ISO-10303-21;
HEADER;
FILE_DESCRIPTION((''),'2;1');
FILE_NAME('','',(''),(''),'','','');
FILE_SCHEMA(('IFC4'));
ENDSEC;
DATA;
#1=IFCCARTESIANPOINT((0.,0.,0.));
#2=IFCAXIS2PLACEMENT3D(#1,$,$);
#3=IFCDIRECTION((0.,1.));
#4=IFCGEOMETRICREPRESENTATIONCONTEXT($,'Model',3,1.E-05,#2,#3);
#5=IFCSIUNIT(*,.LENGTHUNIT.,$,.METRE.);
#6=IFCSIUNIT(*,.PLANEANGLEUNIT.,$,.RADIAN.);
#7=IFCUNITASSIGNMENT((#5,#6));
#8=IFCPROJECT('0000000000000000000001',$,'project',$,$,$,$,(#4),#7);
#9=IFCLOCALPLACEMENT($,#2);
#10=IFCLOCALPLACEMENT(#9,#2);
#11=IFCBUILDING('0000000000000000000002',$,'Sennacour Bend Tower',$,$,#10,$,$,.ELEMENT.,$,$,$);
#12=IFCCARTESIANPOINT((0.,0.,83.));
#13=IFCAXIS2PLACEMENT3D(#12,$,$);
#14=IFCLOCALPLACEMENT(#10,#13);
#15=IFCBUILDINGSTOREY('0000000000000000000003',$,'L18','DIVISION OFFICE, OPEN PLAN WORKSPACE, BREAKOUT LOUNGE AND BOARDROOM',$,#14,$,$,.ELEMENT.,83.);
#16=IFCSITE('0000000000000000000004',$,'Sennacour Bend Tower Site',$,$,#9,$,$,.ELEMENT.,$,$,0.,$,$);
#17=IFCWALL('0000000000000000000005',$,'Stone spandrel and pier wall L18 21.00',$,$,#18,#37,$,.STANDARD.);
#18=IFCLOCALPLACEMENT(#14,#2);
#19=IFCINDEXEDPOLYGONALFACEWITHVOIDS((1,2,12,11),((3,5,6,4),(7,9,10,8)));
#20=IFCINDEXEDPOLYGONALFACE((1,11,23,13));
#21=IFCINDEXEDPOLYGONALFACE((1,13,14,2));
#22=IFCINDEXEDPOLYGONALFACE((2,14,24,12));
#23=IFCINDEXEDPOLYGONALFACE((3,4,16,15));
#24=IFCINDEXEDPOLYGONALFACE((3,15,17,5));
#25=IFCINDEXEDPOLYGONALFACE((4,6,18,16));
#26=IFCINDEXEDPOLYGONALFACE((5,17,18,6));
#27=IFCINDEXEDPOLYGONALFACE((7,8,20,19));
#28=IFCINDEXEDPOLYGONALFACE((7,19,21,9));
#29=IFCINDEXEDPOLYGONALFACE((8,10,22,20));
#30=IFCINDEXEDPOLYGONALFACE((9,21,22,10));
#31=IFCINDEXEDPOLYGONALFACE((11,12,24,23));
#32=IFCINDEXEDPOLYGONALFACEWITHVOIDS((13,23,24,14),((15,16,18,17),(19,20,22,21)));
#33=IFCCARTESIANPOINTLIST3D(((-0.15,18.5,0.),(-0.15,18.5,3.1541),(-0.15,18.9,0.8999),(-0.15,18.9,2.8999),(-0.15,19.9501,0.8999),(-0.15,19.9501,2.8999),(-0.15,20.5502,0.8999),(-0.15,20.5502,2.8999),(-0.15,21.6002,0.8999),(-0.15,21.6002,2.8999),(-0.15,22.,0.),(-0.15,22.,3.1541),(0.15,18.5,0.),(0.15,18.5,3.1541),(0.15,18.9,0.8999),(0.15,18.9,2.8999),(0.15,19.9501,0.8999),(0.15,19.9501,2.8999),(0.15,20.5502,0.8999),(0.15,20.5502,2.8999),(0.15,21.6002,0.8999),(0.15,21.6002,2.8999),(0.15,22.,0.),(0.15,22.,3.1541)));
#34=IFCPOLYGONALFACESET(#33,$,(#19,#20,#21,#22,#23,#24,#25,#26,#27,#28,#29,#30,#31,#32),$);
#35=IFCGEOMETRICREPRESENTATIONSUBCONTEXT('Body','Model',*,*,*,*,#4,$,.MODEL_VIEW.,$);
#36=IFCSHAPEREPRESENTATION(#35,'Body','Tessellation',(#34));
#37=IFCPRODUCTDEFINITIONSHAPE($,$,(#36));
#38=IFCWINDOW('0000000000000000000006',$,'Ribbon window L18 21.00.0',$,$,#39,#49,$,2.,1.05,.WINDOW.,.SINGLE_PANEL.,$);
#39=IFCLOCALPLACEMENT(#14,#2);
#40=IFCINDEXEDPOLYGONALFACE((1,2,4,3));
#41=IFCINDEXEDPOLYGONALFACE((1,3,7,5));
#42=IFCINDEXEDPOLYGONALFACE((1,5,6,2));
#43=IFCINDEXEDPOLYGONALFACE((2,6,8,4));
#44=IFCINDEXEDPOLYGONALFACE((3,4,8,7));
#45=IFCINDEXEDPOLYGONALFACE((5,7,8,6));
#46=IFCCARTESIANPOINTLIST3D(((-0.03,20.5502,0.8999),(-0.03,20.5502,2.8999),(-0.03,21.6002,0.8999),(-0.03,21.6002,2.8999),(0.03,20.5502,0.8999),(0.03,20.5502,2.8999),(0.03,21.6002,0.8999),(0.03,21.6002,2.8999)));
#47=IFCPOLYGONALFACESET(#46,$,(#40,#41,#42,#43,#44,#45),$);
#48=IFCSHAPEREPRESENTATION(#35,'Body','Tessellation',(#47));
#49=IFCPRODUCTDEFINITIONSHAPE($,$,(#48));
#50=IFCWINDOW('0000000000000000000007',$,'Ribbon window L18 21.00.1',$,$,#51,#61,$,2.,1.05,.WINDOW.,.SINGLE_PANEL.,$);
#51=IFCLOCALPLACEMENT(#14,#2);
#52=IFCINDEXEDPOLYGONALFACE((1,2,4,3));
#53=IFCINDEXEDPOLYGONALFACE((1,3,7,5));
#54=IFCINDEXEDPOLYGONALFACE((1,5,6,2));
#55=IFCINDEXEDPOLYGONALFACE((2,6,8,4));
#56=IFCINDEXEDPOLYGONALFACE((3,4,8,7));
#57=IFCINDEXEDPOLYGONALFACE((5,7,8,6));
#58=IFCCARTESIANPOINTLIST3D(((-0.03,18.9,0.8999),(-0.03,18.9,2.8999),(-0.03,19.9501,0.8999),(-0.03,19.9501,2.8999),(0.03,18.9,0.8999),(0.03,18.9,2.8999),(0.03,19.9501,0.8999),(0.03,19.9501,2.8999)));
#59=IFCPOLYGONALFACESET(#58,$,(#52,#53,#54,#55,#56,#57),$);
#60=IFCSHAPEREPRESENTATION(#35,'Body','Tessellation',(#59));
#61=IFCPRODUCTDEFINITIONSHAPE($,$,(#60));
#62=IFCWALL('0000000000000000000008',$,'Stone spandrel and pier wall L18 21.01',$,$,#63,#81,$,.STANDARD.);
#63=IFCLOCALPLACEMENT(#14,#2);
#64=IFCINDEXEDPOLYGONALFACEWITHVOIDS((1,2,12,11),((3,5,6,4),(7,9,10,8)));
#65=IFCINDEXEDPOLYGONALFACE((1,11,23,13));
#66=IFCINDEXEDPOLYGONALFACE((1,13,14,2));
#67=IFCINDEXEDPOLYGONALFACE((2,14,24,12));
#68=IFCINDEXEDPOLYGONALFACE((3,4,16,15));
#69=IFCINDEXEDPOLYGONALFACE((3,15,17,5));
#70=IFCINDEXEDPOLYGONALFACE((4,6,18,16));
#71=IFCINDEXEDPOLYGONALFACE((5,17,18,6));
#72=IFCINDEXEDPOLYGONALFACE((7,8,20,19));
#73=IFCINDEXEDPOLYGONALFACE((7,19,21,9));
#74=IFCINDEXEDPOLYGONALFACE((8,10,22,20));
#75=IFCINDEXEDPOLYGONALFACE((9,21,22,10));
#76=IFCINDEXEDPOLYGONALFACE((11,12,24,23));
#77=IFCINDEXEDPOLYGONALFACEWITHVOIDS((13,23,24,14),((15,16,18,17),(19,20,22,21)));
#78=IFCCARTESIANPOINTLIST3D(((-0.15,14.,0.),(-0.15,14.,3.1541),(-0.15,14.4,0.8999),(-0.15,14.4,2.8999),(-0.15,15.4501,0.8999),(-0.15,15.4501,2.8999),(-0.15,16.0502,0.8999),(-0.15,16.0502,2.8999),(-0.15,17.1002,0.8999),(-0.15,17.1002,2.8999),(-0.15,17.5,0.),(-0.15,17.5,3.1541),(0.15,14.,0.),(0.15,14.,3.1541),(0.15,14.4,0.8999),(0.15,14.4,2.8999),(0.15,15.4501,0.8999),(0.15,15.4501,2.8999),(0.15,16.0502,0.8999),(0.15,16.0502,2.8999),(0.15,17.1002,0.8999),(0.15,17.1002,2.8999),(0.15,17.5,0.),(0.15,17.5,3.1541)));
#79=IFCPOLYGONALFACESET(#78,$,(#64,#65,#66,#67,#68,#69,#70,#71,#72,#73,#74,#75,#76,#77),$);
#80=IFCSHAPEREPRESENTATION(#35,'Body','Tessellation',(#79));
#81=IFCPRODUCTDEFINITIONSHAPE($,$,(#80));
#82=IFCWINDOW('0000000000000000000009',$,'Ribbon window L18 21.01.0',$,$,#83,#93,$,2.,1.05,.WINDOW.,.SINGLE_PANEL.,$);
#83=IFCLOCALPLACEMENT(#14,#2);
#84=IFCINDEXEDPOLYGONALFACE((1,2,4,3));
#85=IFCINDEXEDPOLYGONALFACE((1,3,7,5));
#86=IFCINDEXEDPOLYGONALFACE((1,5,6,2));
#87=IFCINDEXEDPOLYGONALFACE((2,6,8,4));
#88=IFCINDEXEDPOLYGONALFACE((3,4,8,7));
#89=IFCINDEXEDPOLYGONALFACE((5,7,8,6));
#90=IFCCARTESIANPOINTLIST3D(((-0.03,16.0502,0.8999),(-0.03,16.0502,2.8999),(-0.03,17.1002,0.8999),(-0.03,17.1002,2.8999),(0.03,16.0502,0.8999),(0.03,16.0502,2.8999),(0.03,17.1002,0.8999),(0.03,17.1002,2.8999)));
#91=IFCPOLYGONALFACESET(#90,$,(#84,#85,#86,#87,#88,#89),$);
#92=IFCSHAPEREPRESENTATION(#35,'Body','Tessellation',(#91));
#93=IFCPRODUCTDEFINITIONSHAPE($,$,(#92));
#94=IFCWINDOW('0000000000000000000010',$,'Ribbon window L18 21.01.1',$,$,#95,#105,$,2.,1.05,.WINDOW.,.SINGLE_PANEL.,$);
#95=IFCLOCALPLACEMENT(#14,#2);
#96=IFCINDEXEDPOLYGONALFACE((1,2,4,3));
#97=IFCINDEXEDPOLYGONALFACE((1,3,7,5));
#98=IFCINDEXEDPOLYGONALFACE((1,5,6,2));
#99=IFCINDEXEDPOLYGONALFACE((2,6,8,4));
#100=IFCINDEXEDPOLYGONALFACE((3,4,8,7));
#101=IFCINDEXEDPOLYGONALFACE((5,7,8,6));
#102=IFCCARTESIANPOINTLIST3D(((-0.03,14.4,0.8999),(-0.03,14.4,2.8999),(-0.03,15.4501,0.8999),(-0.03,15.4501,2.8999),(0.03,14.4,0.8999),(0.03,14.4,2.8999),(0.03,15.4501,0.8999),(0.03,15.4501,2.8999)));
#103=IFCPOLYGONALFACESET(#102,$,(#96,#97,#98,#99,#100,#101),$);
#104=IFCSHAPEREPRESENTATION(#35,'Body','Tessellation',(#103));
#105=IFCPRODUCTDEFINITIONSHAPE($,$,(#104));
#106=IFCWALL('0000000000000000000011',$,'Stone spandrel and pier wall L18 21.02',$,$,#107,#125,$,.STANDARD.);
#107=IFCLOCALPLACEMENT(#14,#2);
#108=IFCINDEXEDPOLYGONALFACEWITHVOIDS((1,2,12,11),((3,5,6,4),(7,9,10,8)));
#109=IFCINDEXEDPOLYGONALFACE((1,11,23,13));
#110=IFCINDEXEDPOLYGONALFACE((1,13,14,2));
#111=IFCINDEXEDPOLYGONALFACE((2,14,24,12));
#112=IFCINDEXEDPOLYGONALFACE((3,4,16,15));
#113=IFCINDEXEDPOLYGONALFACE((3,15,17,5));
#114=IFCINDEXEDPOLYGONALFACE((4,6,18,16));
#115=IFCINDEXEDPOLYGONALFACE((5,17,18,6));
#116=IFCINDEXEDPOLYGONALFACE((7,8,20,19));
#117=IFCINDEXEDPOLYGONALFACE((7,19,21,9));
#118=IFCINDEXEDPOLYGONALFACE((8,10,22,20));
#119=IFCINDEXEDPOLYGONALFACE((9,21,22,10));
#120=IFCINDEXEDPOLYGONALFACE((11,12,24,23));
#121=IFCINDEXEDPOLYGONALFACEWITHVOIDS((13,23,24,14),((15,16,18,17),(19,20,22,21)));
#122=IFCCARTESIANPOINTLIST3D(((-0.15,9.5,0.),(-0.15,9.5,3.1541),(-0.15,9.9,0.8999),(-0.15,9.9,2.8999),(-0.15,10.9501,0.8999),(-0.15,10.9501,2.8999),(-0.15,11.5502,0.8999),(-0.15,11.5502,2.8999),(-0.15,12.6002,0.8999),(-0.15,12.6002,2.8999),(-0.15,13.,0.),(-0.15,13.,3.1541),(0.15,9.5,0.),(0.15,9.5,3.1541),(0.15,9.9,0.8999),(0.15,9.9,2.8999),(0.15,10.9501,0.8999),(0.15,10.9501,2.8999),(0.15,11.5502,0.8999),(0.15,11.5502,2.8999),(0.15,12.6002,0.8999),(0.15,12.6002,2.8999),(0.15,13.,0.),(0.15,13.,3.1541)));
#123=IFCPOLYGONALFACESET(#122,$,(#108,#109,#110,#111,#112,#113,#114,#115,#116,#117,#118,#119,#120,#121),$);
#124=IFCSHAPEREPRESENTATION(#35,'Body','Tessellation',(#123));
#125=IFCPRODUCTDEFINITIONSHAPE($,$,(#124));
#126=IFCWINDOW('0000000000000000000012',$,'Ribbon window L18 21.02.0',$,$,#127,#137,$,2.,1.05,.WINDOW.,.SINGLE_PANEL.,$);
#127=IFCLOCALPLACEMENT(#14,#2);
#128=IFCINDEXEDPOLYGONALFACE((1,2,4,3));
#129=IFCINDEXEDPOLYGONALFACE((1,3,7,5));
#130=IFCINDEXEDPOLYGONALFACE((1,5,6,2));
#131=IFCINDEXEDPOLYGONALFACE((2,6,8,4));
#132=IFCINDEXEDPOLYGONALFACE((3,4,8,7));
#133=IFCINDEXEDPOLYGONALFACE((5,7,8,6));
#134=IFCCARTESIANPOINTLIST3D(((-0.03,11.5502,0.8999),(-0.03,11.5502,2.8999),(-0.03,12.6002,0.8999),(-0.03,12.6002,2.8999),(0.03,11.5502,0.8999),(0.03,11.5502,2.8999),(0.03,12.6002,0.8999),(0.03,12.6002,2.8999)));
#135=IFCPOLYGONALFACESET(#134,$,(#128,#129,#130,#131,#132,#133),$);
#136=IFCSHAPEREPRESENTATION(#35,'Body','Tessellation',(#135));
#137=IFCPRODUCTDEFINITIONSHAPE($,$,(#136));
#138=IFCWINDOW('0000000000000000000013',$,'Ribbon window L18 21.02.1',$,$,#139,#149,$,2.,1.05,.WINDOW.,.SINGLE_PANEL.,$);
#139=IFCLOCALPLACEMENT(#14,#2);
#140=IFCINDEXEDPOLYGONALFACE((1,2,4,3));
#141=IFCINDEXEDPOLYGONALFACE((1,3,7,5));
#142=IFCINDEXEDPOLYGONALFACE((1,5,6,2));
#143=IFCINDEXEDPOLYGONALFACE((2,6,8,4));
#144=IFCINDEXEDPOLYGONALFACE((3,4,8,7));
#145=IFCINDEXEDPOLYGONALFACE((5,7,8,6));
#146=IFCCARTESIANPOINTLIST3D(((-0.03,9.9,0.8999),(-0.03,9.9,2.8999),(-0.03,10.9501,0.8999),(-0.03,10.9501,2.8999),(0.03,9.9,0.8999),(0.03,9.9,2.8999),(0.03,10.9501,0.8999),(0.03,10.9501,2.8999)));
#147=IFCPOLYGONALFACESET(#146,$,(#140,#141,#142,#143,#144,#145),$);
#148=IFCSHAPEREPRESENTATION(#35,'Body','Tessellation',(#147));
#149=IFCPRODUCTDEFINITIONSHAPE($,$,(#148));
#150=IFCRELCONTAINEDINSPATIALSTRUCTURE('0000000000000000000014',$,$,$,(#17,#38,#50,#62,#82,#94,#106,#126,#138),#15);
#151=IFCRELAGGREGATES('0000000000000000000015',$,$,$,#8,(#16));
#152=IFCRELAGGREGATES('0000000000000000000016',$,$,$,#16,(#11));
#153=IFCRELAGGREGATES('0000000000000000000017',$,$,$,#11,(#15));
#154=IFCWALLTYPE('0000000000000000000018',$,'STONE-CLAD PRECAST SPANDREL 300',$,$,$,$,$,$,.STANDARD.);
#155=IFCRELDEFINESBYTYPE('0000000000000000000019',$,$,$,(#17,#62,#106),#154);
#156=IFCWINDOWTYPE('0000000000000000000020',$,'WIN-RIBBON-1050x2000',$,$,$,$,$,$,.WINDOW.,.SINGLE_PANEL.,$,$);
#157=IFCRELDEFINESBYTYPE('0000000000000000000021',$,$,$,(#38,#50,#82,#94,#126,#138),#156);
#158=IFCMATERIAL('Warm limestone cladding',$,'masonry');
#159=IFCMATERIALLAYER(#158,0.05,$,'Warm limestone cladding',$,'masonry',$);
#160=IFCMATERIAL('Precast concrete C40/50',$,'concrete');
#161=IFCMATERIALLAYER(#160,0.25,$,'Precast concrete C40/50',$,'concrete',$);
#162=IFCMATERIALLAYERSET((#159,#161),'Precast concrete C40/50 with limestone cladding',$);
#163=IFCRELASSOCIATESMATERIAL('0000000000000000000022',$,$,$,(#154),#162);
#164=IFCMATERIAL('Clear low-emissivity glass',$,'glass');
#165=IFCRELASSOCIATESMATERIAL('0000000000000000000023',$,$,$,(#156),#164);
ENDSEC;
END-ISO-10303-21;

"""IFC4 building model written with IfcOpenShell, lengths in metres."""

from ifc_helpers import new_model, si_unit, direction, frame, frame_2d, origin, place, context, subcontext, project, spatial, rectangle, extrude, material, layer, layer_set, type_object, element, fill, save


model = new_model("IFC4")

# Units and contexts
model_context = context("Model", 3, precision=1e-05, world=origin(), true_north=direction((0.0, 1.0)))
body_context = subcontext(model_context, "Body", "Model", "MODEL_VIEW")
ifc_project = project(units=[si_unit("LENGTHUNIT", "METRE"), si_unit("PLANEANGLEUNIT", "RADIAN")], contexts=[model_context])

# Site, building, storey
site_placement = place(None, origin())
site = spatial("IfcSite", under=ifc_project, at=site_placement, Name="Sennacour Bend Tower Site", CompositionType="ELEMENT", RefElevation=0.0)
building_placement = place(site_placement, origin())
building = spatial("IfcBuilding", under=site, at=building_placement, Name="Sennacour Bend Tower", CompositionType="ELEMENT")
storey_placement = place(building_placement, frame((0.0, 0.0, 83.0)))
storey = spatial("IfcBuildingStorey", under=building, at=storey_placement, Name="L18", Description="DIVISION OFFICE, OPEN PLAN WORKSPACE, BREAKOUT LOUNGE AND BOARDROOM", CompositionType="ELEMENT", Elevation=83.0)

# Walls, openings, windows
ifc_material_1 = material(Name="Warm limestone cladding", Category="masonry")
ifc_layer_1 = layer(ifc_material_1, 0.05, Name="Warm limestone cladding", Category="masonry")
ifc_material_2 = material(Name="Precast concrete C40/50", Category="concrete")
ifc_layer_2 = layer(ifc_material_2, 0.25, Name="Precast concrete C40/50", Category="concrete")
ifc_layer_set = layer_set([ifc_layer_1, ifc_layer_2], Name="Precast concrete C40/50 with limestone cladding")
wall_type = type_object("IfcWallType", Name="STONE-CLAD PRECAST SPANDREL 300", PredefinedType="STANDARD", material=ifc_layer_set)
wall_1_placement = place(storey_placement, frame((0.0, 22.0, 0.0), z_axis=(0.0, 0.0, 1.0), x_axis=(0.0, -1.0, 0.0)))
wall_1 = element("IfcWall", 1, at=wall_1_placement, inside=storey, type_object=wall_type, Name="Stone spandrel and pier wall L18 21.00", PredefinedType="STANDARD", context=body_context, shape_type="SweptSolid", body=[
    extrude(rectangle(XDim=3.5, YDim=0.3, at=frame_2d((1.75, 0.0))), origin(), (0.0, 0.0, 1.0), 3.1541),
])
opening_1_placement = place(wall_1_placement, frame((0.3999, 0.0, 0.8999)))
opening_1 = element("IfcOpeningElement", 2, at=opening_1_placement, cuts=wall_1, PredefinedType="OPENING", context=body_context, shape_type="SweptSolid", body=[
    extrude(rectangle(XDim=1.05, YDim=2.0, at=frame_2d((0.5249, 1.0))), frame((0.0, 0.1602, 0.0), z_axis=(0.0, -1.0, 0.0), x_axis=(1.0, 0.0, 0.0)), (0.0, 0.0, 1.0), 0.3201),
])
opening_2_placement = place(wall_1_placement, frame((2.05, 0.0, 0.8999)))
opening_2 = element("IfcOpeningElement", 3, at=opening_2_placement, cuts=wall_1, PredefinedType="OPENING", context=body_context, shape_type="SweptSolid", body=[
    extrude(rectangle(XDim=1.05, YDim=2.0, at=frame_2d((0.5249, 1.0))), frame((0.0, 0.1602, 0.0), z_axis=(0.0, -1.0, 0.0), x_axis=(1.0, 0.0, 0.0)), (0.0, 0.0, 1.0), 0.3201),
])
ifc_material_3 = material(Name="Clear low-emissivity glass", Category="glass")
window_type = type_object("IfcWindowType", Name="WIN-RIBBON-1050x2000", PartitioningType="SINGLE_PANEL", PredefinedType="WINDOW", material=ifc_material_3)
window_1_placement = place(opening_1_placement, origin())
window_1 = element("IfcWindow", 4, at=window_1_placement, inside=storey, type_object=window_type, Name="Ribbon window L18 21.00.0", OverallHeight=2.0, OverallWidth=1.05, PartitioningType="SINGLE_PANEL", PredefinedType="WINDOW", context=body_context, shape_type="SweptSolid", body=[
    extrude(rectangle(XDim=1.05, YDim=2.0, at=frame_2d((0.5249, 1.0))), frame((0.0, 0.03, 0.0), z_axis=(0.0, -1.0, 0.0), x_axis=(1.0, 0.0, 0.0)), (0.0, 0.0, 1.0), 0.0601),
])
fill(opening_1, window_1)
window_2_placement = place(opening_2_placement, origin())
window_2 = element("IfcWindow", 5, at=window_2_placement, inside=storey, type_object=window_type, Name="Ribbon window L18 21.00.1", OverallHeight=2.0, OverallWidth=1.05, PartitioningType="SINGLE_PANEL", PredefinedType="WINDOW", context=body_context, shape_type="SweptSolid", body=[
    extrude(rectangle(XDim=1.05, YDim=2.0, at=frame_2d((0.5249, 1.0))), frame((0.0, 0.03, 0.0), z_axis=(0.0, -1.0, 0.0), x_axis=(1.0, 0.0, 0.0)), (0.0, 0.0, 1.0), 0.0601),
])
fill(opening_2, window_2)
wall_2_placement = place(storey_placement, frame((0.0, 17.5, 0.0), z_axis=(0.0, 0.0, 1.0), x_axis=(0.0, -1.0, 0.0)))
wall_2 = element("IfcWall", 6, at=wall_2_placement, inside=storey, type_object=wall_type, Name="Stone spandrel and pier wall L18 21.01", PredefinedType="STANDARD", context=body_context, shape_type="SweptSolid", body=[
    extrude(rectangle(XDim=3.5, YDim=0.3, at=frame_2d((1.75, 0.0))), origin(), (0.0, 0.0, 1.0), 3.1541),
])
opening_3_placement = place(wall_2_placement, frame((0.3999, 0.0, 0.8999)))
opening_3 = element("IfcOpeningElement", 7, at=opening_3_placement, cuts=wall_2, PredefinedType="OPENING", context=body_context, shape_type="SweptSolid", body=[
    extrude(rectangle(XDim=1.05, YDim=2.0, at=frame_2d((0.5249, 1.0))), frame((0.0, 0.1602, 0.0), z_axis=(0.0, -1.0, 0.0), x_axis=(1.0, 0.0, 0.0)), (0.0, 0.0, 1.0), 0.3201),
])
opening_4_placement = place(wall_2_placement, frame((2.05, 0.0, 0.8999)))
opening_4 = element("IfcOpeningElement", 8, at=opening_4_placement, cuts=wall_2, PredefinedType="OPENING", context=body_context, shape_type="SweptSolid", body=[
    extrude(rectangle(XDim=1.05, YDim=2.0, at=frame_2d((0.5249, 1.0))), frame((0.0, 0.1602, 0.0), z_axis=(0.0, -1.0, 0.0), x_axis=(1.0, 0.0, 0.0)), (0.0, 0.0, 1.0), 0.3201),
])
window_3_placement = place(opening_3_placement, origin())
window_3 = element("IfcWindow", 9, at=window_3_placement, inside=storey, type_object=window_type, Name="Ribbon window L18 21.01.0", OverallHeight=2.0, OverallWidth=1.05, PartitioningType="SINGLE_PANEL", PredefinedType="WINDOW", context=body_context, shape_type="SweptSolid", body=[
    extrude(rectangle(XDim=1.05, YDim=2.0, at=frame_2d((0.5249, 1.0))), frame((0.0, 0.03, 0.0), z_axis=(0.0, -1.0, 0.0), x_axis=(1.0, 0.0, 0.0)), (0.0, 0.0, 1.0), 0.0601),
])
fill(opening_3, window_3)
window_4_placement = place(opening_4_placement, origin())
window_4 = element("IfcWindow", 10, at=window_4_placement, inside=storey, type_object=window_type, Name="Ribbon window L18 21.01.1", OverallHeight=2.0, OverallWidth=1.05, PartitioningType="SINGLE_PANEL", PredefinedType="WINDOW", context=body_context, shape_type="SweptSolid", body=[
    extrude(rectangle(XDim=1.05, YDim=2.0, at=frame_2d((0.5249, 1.0))), frame((0.0, 0.03, 0.0), z_axis=(0.0, -1.0, 0.0), x_axis=(1.0, 0.0, 0.0)), (0.0, 0.0, 1.0), 0.0601),
])
fill(opening_4, window_4)
wall_3_placement = place(storey_placement, frame((0.0, 13.0, 0.0), z_axis=(0.0, 0.0, 1.0), x_axis=(0.0, -1.0, 0.0)))
wall_3 = element("IfcWall", 11, at=wall_3_placement, inside=storey, type_object=wall_type, Name="Stone spandrel and pier wall L18 21.02", PredefinedType="STANDARD", context=body_context, shape_type="SweptSolid", body=[
    extrude(rectangle(XDim=3.5, YDim=0.3, at=frame_2d((1.75, 0.0))), origin(), (0.0, 0.0, 1.0), 3.1541),
])
opening_5_placement = place(wall_3_placement, frame((0.3999, 0.0, 0.8999)))
opening_5 = element("IfcOpeningElement", 12, at=opening_5_placement, cuts=wall_3, PredefinedType="OPENING", context=body_context, shape_type="SweptSolid", body=[
    extrude(rectangle(XDim=1.05, YDim=2.0, at=frame_2d((0.5249, 1.0))), frame((0.0, 0.1602, 0.0), z_axis=(0.0, -1.0, 0.0), x_axis=(1.0, 0.0, 0.0)), (0.0, 0.0, 1.0), 0.3201),
])
opening_6_placement = place(wall_3_placement, frame((2.05, 0.0, 0.8999)))
opening_6 = element("IfcOpeningElement", 13, at=opening_6_placement, cuts=wall_3, PredefinedType="OPENING", context=body_context, shape_type="SweptSolid", body=[
    extrude(rectangle(XDim=1.05, YDim=2.0, at=frame_2d((0.5249, 1.0))), frame((0.0, 0.1602, 0.0), z_axis=(0.0, -1.0, 0.0), x_axis=(1.0, 0.0, 0.0)), (0.0, 0.0, 1.0), 0.3201),
])
window_5_placement = place(opening_5_placement, origin())
window_5 = element("IfcWindow", 14, at=window_5_placement, inside=storey, type_object=window_type, Name="Ribbon window L18 21.02.0", OverallHeight=2.0, OverallWidth=1.05, PartitioningType="SINGLE_PANEL", PredefinedType="WINDOW", context=body_context, shape_type="SweptSolid", body=[
    extrude(rectangle(XDim=1.05, YDim=2.0, at=frame_2d((0.5249, 1.0))), frame((0.0, 0.03, 0.0), z_axis=(0.0, -1.0, 0.0), x_axis=(1.0, 0.0, 0.0)), (0.0, 0.0, 1.0), 0.0601),
])
fill(opening_5, window_5)
window_6_placement = place(opening_6_placement, origin())
window_6 = element("IfcWindow", 15, at=window_6_placement, inside=storey, type_object=window_type, Name="Ribbon window L18 21.02.1", OverallHeight=2.0, OverallWidth=1.05, PartitioningType="SINGLE_PANEL", PredefinedType="WINDOW", context=body_context, shape_type="SweptSolid", body=[
    extrude(rectangle(XDim=1.05, YDim=2.0, at=frame_2d((0.5249, 1.0))), frame((0.0, 0.03, 0.0), z_axis=(0.0, -1.0, 0.0), x_axis=(1.0, 0.0, 0.0)), (0.0, 0.0, 1.0), 0.0601),
])
fill(opening_6, window_6)

save(model, "model.ifc")
